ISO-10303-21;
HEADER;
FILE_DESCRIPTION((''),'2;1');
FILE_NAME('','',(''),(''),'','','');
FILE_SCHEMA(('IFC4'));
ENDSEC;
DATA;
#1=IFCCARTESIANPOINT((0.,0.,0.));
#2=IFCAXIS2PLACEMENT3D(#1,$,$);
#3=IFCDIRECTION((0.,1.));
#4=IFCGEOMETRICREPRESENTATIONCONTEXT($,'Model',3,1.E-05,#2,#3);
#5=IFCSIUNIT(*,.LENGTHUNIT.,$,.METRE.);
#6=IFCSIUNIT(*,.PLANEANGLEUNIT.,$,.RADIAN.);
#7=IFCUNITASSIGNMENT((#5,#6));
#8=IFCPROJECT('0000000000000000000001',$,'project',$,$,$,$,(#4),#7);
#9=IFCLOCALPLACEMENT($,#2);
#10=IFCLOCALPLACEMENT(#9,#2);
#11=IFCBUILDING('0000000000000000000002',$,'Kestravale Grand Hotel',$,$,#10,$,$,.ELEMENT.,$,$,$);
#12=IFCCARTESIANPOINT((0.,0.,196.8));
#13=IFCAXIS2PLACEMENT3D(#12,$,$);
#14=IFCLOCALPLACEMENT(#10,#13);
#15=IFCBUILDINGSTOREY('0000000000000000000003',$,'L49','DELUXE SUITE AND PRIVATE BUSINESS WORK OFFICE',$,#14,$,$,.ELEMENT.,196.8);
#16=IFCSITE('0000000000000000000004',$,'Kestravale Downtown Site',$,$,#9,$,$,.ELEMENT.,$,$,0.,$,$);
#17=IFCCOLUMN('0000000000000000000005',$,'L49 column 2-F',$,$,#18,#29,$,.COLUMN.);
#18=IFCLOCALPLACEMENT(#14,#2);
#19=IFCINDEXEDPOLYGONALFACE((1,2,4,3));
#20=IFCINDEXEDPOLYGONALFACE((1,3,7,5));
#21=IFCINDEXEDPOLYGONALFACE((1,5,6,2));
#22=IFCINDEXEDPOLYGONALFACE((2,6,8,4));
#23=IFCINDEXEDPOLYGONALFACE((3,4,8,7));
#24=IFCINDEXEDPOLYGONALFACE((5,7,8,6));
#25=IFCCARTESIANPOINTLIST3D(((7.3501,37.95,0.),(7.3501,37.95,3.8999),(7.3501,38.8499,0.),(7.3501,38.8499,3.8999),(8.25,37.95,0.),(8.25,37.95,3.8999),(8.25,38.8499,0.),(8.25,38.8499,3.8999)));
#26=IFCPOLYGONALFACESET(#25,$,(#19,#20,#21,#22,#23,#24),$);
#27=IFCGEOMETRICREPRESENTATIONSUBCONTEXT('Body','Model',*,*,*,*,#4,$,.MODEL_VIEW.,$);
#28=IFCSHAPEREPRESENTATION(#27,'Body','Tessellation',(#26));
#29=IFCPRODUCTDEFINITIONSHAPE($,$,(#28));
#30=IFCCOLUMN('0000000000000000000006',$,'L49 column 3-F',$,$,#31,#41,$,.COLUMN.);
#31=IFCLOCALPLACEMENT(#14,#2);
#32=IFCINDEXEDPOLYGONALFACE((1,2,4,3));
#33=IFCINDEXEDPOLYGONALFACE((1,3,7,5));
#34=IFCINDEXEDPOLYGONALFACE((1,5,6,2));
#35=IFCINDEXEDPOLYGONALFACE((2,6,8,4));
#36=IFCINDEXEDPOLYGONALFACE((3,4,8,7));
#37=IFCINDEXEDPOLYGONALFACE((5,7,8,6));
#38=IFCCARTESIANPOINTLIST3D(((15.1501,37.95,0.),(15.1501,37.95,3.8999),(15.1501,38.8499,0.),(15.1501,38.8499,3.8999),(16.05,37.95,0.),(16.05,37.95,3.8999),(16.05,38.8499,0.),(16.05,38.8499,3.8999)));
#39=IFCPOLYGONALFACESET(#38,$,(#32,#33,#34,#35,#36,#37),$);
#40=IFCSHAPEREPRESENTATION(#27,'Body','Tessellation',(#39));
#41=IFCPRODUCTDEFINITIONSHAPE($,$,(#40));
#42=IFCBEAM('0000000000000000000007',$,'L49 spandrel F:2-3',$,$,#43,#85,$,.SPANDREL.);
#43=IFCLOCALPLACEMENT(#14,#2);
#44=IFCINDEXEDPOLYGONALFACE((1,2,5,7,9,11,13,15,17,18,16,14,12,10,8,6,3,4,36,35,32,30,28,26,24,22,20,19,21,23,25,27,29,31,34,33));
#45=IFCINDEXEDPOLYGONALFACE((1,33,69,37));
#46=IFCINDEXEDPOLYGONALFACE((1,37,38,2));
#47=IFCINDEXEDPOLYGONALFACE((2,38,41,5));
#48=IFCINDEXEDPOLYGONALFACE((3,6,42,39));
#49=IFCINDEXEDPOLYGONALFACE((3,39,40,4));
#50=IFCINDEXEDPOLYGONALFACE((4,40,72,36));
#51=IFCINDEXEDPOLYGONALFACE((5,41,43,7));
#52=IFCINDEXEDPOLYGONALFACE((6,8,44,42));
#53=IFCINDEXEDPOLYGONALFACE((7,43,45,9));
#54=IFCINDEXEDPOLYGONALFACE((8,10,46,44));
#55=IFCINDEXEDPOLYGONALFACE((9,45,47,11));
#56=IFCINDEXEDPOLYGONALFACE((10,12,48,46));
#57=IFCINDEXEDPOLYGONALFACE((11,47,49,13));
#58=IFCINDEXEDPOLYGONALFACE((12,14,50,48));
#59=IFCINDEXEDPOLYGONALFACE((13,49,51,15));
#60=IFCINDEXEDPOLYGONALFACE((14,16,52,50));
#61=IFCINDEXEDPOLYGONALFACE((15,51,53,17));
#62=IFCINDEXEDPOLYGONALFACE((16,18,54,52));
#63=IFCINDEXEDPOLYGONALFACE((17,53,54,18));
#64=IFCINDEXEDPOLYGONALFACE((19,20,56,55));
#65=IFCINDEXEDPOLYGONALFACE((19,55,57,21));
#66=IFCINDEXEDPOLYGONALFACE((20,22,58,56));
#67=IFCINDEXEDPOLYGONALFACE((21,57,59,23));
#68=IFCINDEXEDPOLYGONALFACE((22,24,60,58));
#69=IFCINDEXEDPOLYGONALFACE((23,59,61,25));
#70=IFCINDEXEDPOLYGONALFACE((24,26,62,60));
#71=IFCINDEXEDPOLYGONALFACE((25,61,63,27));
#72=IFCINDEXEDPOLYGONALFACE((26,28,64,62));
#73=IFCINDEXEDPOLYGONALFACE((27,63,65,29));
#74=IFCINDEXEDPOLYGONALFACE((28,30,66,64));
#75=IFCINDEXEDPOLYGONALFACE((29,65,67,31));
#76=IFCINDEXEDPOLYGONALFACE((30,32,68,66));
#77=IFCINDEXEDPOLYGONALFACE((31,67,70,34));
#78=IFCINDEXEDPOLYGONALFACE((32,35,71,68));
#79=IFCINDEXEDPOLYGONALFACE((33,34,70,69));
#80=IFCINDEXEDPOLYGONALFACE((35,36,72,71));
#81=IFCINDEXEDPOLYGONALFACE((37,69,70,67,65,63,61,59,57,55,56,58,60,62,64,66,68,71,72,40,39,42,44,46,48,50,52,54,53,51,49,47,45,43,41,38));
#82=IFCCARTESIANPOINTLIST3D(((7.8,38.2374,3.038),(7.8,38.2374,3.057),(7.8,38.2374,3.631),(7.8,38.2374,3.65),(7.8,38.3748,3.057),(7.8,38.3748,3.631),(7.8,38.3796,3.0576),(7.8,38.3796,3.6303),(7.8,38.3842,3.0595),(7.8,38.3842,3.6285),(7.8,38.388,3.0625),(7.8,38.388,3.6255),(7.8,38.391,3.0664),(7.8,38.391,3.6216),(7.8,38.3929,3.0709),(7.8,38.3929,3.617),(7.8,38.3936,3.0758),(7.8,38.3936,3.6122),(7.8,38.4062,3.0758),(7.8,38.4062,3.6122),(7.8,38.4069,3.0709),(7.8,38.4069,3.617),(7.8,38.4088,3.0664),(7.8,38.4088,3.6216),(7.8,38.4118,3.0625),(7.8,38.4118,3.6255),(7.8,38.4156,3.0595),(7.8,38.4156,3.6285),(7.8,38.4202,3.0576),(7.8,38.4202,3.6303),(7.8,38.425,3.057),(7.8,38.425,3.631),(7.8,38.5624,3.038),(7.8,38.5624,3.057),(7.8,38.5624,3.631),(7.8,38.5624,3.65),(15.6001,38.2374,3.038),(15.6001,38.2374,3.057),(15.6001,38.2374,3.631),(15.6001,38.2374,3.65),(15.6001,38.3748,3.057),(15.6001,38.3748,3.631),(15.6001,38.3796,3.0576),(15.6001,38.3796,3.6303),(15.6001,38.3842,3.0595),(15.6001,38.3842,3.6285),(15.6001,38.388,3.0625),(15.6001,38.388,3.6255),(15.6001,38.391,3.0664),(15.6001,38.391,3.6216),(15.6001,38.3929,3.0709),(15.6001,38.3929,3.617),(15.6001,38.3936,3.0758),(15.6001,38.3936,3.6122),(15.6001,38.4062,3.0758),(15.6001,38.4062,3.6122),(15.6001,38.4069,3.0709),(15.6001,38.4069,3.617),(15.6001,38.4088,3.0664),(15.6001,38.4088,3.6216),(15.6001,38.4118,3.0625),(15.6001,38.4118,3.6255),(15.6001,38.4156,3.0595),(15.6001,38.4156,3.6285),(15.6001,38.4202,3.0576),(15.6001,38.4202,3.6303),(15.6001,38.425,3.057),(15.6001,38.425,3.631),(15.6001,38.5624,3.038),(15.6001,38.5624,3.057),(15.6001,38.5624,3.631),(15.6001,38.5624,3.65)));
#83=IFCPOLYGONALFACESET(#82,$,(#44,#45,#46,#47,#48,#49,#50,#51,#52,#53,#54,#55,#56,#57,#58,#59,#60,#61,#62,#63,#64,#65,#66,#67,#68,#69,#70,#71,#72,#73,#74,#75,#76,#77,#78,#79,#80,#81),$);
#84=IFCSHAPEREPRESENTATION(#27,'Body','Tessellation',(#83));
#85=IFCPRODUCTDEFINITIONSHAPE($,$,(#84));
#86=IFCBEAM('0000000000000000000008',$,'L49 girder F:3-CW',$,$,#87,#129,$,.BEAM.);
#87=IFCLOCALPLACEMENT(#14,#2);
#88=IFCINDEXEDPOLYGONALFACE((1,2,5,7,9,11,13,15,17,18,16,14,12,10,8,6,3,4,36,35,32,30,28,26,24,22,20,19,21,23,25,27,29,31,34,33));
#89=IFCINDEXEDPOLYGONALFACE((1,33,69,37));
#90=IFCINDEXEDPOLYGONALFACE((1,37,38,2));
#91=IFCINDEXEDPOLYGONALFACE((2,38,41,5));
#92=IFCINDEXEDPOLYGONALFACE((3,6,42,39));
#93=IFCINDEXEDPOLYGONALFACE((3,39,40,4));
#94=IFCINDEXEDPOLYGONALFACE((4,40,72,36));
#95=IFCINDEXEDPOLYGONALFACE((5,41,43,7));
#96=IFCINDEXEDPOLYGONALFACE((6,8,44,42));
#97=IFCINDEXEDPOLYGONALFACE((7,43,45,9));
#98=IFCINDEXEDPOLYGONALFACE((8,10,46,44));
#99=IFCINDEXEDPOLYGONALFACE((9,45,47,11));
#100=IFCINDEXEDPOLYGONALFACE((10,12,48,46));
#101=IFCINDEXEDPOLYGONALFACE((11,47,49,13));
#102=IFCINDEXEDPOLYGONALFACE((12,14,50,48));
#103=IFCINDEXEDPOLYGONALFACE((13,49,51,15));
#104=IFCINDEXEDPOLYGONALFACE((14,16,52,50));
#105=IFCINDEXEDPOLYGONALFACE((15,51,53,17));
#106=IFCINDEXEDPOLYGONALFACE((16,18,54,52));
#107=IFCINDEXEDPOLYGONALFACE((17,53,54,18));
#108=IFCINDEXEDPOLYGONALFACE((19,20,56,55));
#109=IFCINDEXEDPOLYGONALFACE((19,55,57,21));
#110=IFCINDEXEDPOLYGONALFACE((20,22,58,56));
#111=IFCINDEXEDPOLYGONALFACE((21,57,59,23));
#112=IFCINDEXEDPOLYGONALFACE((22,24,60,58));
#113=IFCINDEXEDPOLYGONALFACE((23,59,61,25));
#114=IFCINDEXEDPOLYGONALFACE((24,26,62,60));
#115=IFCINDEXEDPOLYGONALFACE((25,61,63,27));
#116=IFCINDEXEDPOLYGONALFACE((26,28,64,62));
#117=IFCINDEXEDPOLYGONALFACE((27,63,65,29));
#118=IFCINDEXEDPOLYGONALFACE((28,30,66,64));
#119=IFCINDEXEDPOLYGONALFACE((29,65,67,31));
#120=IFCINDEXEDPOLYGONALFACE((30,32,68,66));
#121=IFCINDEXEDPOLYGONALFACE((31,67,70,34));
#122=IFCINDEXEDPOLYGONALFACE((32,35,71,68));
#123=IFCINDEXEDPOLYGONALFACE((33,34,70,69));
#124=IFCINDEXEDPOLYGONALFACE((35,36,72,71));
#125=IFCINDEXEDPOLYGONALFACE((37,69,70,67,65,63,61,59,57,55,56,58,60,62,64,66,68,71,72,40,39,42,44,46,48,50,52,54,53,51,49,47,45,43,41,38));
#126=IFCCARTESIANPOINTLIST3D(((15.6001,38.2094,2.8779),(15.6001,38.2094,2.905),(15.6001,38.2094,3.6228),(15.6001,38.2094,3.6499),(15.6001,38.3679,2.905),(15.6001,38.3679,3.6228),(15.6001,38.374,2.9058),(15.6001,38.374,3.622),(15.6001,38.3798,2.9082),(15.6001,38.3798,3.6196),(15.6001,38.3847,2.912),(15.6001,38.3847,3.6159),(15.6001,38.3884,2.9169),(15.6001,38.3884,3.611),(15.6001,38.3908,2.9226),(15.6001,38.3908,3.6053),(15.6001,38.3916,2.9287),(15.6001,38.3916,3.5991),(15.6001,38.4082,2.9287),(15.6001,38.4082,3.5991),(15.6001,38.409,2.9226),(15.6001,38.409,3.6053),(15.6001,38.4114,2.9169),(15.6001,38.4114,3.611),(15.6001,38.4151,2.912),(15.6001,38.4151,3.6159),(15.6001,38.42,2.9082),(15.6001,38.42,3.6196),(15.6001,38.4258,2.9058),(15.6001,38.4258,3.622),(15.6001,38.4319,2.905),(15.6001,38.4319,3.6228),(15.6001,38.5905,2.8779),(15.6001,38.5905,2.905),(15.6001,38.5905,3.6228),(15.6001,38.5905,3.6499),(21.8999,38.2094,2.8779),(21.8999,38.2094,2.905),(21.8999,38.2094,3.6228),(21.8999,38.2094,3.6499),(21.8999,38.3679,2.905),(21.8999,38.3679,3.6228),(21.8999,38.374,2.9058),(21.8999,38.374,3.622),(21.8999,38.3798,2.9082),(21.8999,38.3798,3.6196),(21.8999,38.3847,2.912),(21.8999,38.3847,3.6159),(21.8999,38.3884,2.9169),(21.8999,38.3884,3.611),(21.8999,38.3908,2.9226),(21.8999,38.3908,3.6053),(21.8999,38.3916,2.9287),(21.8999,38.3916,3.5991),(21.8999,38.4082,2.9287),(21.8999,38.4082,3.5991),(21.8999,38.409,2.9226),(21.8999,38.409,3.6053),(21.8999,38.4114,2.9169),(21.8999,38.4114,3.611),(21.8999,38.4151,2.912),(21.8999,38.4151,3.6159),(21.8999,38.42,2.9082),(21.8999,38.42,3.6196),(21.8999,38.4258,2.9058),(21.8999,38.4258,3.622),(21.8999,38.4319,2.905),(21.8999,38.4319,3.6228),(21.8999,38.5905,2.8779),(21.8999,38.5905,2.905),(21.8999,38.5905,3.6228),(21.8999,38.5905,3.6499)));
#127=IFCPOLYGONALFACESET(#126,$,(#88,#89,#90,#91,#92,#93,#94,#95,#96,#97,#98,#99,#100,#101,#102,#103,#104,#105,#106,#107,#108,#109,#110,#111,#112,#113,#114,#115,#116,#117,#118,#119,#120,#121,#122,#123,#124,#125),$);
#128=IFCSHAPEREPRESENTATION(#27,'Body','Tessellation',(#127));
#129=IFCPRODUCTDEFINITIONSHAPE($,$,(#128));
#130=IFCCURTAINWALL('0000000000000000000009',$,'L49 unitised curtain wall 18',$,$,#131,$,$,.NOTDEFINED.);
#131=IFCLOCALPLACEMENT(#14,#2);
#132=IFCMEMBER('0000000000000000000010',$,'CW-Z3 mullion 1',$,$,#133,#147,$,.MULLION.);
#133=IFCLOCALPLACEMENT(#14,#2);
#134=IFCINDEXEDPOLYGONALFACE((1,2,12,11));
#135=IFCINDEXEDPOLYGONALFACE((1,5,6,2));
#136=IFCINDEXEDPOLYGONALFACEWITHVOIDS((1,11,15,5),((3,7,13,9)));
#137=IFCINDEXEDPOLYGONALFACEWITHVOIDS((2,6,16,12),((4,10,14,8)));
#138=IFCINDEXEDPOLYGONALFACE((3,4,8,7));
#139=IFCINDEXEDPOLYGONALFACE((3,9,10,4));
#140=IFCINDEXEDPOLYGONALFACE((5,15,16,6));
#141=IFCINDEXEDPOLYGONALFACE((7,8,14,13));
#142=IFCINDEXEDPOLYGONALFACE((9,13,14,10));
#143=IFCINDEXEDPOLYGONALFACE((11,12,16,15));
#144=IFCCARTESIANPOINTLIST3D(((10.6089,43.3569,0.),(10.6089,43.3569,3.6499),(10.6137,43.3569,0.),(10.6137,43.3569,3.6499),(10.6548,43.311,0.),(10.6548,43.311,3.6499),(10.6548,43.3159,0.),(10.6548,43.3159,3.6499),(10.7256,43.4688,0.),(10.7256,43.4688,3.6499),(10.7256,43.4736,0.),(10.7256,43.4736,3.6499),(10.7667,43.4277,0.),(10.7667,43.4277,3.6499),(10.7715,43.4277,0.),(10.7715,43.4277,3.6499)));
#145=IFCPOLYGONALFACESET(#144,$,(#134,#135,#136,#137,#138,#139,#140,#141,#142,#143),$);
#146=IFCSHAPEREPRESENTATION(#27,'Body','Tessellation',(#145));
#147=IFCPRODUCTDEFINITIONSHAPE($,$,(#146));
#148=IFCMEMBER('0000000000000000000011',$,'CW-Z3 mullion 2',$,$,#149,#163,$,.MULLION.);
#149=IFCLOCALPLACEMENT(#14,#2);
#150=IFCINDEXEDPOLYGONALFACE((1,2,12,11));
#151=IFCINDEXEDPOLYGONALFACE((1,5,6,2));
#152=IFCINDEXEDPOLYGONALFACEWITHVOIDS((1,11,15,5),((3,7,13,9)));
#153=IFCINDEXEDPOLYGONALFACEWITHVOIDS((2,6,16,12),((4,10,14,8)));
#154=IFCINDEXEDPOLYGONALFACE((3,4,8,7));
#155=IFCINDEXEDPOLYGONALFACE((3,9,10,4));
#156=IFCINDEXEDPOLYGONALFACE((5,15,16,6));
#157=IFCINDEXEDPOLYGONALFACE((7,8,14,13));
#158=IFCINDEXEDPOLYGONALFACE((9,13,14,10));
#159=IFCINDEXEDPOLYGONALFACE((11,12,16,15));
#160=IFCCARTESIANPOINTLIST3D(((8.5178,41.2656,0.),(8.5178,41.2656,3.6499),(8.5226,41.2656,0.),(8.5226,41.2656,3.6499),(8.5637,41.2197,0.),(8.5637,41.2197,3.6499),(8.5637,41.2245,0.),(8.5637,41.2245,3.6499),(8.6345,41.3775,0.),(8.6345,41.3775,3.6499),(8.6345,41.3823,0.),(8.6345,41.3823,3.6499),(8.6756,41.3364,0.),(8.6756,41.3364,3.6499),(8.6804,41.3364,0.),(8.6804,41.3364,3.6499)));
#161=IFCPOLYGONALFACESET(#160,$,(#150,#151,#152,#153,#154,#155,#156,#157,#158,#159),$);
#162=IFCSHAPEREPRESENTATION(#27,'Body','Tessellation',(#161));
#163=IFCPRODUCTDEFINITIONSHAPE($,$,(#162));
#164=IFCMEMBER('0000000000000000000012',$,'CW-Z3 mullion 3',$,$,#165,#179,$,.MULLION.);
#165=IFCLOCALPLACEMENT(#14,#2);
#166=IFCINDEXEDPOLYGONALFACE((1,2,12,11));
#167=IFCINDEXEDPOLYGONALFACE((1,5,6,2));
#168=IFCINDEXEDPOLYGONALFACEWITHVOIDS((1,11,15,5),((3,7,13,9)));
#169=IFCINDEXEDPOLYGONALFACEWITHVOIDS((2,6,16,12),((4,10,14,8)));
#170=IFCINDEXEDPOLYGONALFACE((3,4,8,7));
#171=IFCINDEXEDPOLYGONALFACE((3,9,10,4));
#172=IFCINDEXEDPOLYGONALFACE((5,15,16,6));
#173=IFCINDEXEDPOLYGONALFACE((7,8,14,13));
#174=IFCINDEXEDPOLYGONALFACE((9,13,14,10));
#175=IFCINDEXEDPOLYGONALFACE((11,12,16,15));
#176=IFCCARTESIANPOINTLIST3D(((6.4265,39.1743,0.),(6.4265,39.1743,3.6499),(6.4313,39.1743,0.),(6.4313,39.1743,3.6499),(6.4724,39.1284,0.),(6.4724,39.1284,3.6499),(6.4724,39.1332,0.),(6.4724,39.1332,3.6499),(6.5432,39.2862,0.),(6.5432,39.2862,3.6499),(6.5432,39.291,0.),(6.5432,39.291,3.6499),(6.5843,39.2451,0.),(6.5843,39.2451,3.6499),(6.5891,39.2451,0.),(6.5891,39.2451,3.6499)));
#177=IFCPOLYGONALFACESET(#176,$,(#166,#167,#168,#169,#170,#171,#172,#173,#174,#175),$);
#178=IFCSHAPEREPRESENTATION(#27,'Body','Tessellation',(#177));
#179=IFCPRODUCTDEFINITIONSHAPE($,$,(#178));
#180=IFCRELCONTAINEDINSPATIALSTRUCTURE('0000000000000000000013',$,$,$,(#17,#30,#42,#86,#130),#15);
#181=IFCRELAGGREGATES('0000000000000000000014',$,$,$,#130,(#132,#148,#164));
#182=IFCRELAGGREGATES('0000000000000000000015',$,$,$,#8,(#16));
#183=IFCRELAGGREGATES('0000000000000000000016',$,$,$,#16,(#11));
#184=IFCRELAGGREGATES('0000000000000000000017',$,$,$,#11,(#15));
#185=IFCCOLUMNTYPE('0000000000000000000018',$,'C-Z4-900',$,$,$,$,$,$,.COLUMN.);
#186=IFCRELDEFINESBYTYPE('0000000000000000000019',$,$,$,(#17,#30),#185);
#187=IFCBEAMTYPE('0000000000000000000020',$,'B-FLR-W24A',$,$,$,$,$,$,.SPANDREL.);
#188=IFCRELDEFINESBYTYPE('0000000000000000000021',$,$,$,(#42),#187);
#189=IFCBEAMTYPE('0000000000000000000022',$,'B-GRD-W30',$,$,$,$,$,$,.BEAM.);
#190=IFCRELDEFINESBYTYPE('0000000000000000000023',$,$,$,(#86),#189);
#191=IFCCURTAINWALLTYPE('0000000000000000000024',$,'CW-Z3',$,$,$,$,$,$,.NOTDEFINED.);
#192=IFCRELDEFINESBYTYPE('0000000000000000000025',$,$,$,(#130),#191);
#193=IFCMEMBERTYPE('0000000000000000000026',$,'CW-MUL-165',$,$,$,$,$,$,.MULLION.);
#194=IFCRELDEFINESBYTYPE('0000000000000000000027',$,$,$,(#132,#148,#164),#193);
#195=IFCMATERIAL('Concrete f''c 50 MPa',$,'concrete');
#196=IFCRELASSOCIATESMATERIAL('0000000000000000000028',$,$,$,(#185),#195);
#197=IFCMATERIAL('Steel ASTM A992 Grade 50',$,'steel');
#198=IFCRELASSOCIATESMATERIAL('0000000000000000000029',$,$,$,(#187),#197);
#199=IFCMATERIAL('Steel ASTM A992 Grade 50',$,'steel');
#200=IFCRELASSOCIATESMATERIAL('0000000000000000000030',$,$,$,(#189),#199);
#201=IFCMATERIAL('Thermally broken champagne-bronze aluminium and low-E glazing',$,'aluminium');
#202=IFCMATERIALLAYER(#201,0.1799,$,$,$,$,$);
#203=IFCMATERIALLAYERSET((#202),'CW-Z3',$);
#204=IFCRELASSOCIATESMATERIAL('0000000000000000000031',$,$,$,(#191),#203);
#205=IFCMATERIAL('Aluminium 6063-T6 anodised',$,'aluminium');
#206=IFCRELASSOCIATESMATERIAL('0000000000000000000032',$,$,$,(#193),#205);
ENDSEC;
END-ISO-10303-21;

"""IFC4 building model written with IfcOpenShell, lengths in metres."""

from ifc_helpers import new_model, si_unit, direction, frame, origin, origin_2d, place, context, subcontext, project, spatial, rectangle, hollow_rectangle, i_section, extrude, material, layer, layer_set, material_profile, profile_set, type_object, element, aggregate, save


model = new_model("IFC4")

# Units and contexts
model_context = context("Model", 3, precision=1e-05, world=origin(), true_north=direction((0.0, 1.0)))
body_context = subcontext(model_context, "Body", "Model", "MODEL_VIEW")
ifc_project = project(units=[si_unit("LENGTHUNIT", "METRE"), si_unit("PLANEANGLEUNIT", "RADIAN")], contexts=[model_context])

# Site, building, storey
site_placement = place(None, origin())
site = spatial("IfcSite", under=ifc_project, at=site_placement, Name="Kestravale Downtown Site", CompositionType="ELEMENT", RefElevation=0.0)
building_placement = place(site_placement, origin())
building = spatial("IfcBuilding", under=site, at=building_placement, Name="Kestravale Grand Hotel", CompositionType="ELEMENT")
storey_placement = place(building_placement, frame((0.0, 0.0, 196.8)))
storey = spatial("IfcBuildingStorey", under=building, at=storey_placement, Name="L49", Description="DELUXE SUITE AND PRIVATE BUSINESS WORK OFFICE", CompositionType="ELEMENT", Elevation=196.8)

# Columns
ifc_material_1 = material(Name="Concrete f'c 50 MPa", Category="concrete")
ifc_material_profile_1 = material_profile(ifc_material_1, rectangle(XDim=0.8999, YDim=0.8999, at=origin_2d()))
ifc_profile_set_1 = profile_set([ifc_material_profile_1], Name="Concrete f'c 50 MPa")
column_type = type_object("IfcColumnType", Name="C-Z4-900", PredefinedType="COLUMN", material=ifc_profile_set_1)
for number, where, z_axis, x_axis, name in (
    (1, (7.8, 38.3999, 0.0), (0.0, 0.0, 1.0), (1.0, 0.0, 0.0), "L49 column 2-F"),
    (2, (15.6001, 38.3999, 0.0), (0.0, 0.0, 1.0), (1.0, 0.0, 0.0), "L49 column 3-F"),
):
    element("IfcColumn", number, at=place(storey_placement, frame(where, z_axis=z_axis, x_axis=x_axis)), inside=storey, type_object=column_type, Name=name, PredefinedType="COLUMN", context=body_context, shape_type="SweptSolid", body=[
        extrude(rectangle(XDim=0.8999, YDim=0.8999, at=origin_2d()), origin(), (0.0, 0.0, 1.0), 3.8999),
    ])

# Beams
ifc_material_2 = material(Name="Steel ASTM A992 Grade 50", Category="steel")
ifc_material_profile_2 = material_profile(ifc_material_2, i_section(OverallWidth=0.325, OverallDepth=0.6121, WebThickness=0.0127, FlangeThickness=0.019, FilletRadius=0.0188, at=origin_2d()))
ifc_profile_set_2 = profile_set([ifc_material_profile_2], Name="Steel ASTM A992 Grade 50")
beam_type_1 = type_object("IfcBeamType", Name="B-FLR-W24A", PredefinedType="SPANDREL", material=ifc_profile_set_2)
beam_1_placement = place(storey_placement, frame((7.8, 38.3999, 3.344), z_axis=(1.0, 0.0, 0.0), x_axis=(0.0, 1.0, 0.0)))
element("IfcBeam", 3, at=beam_1_placement, inside=storey, type_object=beam_type_1, Name="L49 spandrel F:2-3", PredefinedType="SPANDREL", context=body_context, shape_type="SweptSolid", body=[
    extrude(i_section(OverallWidth=0.325, OverallDepth=0.6121, WebThickness=0.0127, FlangeThickness=0.019, FilletRadius=0.0188, at=origin_2d()), origin(), (0.0, 0.0, 1.0), 7.8),
])
ifc_material_3 = material(Name="Steel ASTM A992 Grade 50", Category="steel")
ifc_material_profile_3 = material_profile(ifc_material_3, i_section(OverallWidth=0.3811, OverallDepth=0.772, WebThickness=0.0166, FlangeThickness=0.0271, FilletRadius=0.0237, at=origin_2d()))
ifc_profile_set_3 = profile_set([ifc_material_profile_3], Name="Steel ASTM A992 Grade 50")
beam_type_2 = type_object("IfcBeamType", Name="B-GRD-W30", PredefinedType="BEAM", material=ifc_profile_set_3)
beam_2_placement = place(storey_placement, frame((15.6001, 38.3999, 3.2639), z_axis=(1.0, 0.0, 0.0), x_axis=(0.0, 1.0, 0.0)))
element("IfcBeam", 4, at=beam_2_placement, inside=storey, type_object=beam_type_2, Name="L49 girder F:3-CW", PredefinedType="BEAM", context=body_context, shape_type="SweptSolid", body=[
    extrude(i_section(OverallWidth=0.3811, OverallDepth=0.772, WebThickness=0.0166, FlangeThickness=0.0271, FilletRadius=0.0237, at=origin_2d()), origin(), (0.0, 0.0, 1.0), 6.2998),
])

# Curtain wall, members
ifc_material_4 = material(Name="Thermally broken champagne-bronze aluminium and low-E glazing", Category="aluminium")
ifc_layer_1 = layer(ifc_material_4, 0.1799)
ifc_layer_set_1 = layer_set([ifc_layer_1], Name="CW-Z3")
curtain_wall_type = type_object("IfcCurtainWallType", Name="CW-Z3", PredefinedType="NOTDEFINED", material=ifc_layer_set_1)
curtain_wall_placement = place(storey_placement, origin())
curtain_wall = element("IfcCurtainWall", 5, at=curtain_wall_placement, inside=storey, type_object=curtain_wall_type, Name="L49 unitised curtain wall 18", PredefinedType="NOTDEFINED")
ifc_material_5 = material(Name="Aluminium 6063-T6 anodised", Category="aluminium")
ifc_material_profile_4 = material_profile(ifc_material_5, hollow_rectangle(XDim=0.0649, YDim=0.165, WallThickness=0.0034, at=origin_2d()))
ifc_profile_set_4 = profile_set([ifc_material_profile_4], Name="Aluminium 6063-T6 anodised")
member_type_1 = type_object("IfcMemberType", Name="CW-MUL-165", PredefinedType="MULLION", material=ifc_profile_set_4)
member_1_placement = place(storey_placement, frame((10.6902, 43.3923, 0.0), z_axis=(0.0, 0.0, 1.0), x_axis=(0.707107, -0.707107, 0.0)))
member_1 = element("IfcMember", 6, at=member_1_placement, type_object=member_type_1, Name="CW-Z3 mullion 1", PredefinedType="MULLION", context=body_context, shape_type="SweptSolid", body=[
    extrude(hollow_rectangle(XDim=0.0649, YDim=0.165, WallThickness=0.0034, at=origin_2d()), origin(), (0.0, 0.0, 1.0), 3.6499),
])
member_2_placement = place(storey_placement, frame((8.5991, 41.301, 0.0), z_axis=(0.0, 0.0, 1.0), x_axis=(0.707107, -0.707107, 0.0)))
member_2 = element("IfcMember", 7, at=member_2_placement, type_object=member_type_1, Name="CW-Z3 mullion 2", PredefinedType="MULLION", context=body_context, shape_type="SweptSolid", body=[
    extrude(hollow_rectangle(XDim=0.0649, YDim=0.165, WallThickness=0.0034, at=origin_2d()), origin(), (0.0, 0.0, 1.0), 3.6499),
])
member_3_placement = place(storey_placement, frame((6.5078, 39.2097, 0.0), z_axis=(0.0, 0.0, 1.0), x_axis=(0.707107, -0.707107, 0.0)))
member_3 = element("IfcMember", 8, at=member_3_placement, type_object=member_type_1, Name="CW-Z3 mullion 3", PredefinedType="MULLION", context=body_context, shape_type="SweptSolid", body=[
    extrude(hollow_rectangle(XDim=0.0649, YDim=0.165, WallThickness=0.0034, at=origin_2d()), origin(), (0.0, 0.0, 1.0), 3.6499),
])
aggregate(curtain_wall, [member_1, member_2, member_3])

save(model, "model.ifc")
